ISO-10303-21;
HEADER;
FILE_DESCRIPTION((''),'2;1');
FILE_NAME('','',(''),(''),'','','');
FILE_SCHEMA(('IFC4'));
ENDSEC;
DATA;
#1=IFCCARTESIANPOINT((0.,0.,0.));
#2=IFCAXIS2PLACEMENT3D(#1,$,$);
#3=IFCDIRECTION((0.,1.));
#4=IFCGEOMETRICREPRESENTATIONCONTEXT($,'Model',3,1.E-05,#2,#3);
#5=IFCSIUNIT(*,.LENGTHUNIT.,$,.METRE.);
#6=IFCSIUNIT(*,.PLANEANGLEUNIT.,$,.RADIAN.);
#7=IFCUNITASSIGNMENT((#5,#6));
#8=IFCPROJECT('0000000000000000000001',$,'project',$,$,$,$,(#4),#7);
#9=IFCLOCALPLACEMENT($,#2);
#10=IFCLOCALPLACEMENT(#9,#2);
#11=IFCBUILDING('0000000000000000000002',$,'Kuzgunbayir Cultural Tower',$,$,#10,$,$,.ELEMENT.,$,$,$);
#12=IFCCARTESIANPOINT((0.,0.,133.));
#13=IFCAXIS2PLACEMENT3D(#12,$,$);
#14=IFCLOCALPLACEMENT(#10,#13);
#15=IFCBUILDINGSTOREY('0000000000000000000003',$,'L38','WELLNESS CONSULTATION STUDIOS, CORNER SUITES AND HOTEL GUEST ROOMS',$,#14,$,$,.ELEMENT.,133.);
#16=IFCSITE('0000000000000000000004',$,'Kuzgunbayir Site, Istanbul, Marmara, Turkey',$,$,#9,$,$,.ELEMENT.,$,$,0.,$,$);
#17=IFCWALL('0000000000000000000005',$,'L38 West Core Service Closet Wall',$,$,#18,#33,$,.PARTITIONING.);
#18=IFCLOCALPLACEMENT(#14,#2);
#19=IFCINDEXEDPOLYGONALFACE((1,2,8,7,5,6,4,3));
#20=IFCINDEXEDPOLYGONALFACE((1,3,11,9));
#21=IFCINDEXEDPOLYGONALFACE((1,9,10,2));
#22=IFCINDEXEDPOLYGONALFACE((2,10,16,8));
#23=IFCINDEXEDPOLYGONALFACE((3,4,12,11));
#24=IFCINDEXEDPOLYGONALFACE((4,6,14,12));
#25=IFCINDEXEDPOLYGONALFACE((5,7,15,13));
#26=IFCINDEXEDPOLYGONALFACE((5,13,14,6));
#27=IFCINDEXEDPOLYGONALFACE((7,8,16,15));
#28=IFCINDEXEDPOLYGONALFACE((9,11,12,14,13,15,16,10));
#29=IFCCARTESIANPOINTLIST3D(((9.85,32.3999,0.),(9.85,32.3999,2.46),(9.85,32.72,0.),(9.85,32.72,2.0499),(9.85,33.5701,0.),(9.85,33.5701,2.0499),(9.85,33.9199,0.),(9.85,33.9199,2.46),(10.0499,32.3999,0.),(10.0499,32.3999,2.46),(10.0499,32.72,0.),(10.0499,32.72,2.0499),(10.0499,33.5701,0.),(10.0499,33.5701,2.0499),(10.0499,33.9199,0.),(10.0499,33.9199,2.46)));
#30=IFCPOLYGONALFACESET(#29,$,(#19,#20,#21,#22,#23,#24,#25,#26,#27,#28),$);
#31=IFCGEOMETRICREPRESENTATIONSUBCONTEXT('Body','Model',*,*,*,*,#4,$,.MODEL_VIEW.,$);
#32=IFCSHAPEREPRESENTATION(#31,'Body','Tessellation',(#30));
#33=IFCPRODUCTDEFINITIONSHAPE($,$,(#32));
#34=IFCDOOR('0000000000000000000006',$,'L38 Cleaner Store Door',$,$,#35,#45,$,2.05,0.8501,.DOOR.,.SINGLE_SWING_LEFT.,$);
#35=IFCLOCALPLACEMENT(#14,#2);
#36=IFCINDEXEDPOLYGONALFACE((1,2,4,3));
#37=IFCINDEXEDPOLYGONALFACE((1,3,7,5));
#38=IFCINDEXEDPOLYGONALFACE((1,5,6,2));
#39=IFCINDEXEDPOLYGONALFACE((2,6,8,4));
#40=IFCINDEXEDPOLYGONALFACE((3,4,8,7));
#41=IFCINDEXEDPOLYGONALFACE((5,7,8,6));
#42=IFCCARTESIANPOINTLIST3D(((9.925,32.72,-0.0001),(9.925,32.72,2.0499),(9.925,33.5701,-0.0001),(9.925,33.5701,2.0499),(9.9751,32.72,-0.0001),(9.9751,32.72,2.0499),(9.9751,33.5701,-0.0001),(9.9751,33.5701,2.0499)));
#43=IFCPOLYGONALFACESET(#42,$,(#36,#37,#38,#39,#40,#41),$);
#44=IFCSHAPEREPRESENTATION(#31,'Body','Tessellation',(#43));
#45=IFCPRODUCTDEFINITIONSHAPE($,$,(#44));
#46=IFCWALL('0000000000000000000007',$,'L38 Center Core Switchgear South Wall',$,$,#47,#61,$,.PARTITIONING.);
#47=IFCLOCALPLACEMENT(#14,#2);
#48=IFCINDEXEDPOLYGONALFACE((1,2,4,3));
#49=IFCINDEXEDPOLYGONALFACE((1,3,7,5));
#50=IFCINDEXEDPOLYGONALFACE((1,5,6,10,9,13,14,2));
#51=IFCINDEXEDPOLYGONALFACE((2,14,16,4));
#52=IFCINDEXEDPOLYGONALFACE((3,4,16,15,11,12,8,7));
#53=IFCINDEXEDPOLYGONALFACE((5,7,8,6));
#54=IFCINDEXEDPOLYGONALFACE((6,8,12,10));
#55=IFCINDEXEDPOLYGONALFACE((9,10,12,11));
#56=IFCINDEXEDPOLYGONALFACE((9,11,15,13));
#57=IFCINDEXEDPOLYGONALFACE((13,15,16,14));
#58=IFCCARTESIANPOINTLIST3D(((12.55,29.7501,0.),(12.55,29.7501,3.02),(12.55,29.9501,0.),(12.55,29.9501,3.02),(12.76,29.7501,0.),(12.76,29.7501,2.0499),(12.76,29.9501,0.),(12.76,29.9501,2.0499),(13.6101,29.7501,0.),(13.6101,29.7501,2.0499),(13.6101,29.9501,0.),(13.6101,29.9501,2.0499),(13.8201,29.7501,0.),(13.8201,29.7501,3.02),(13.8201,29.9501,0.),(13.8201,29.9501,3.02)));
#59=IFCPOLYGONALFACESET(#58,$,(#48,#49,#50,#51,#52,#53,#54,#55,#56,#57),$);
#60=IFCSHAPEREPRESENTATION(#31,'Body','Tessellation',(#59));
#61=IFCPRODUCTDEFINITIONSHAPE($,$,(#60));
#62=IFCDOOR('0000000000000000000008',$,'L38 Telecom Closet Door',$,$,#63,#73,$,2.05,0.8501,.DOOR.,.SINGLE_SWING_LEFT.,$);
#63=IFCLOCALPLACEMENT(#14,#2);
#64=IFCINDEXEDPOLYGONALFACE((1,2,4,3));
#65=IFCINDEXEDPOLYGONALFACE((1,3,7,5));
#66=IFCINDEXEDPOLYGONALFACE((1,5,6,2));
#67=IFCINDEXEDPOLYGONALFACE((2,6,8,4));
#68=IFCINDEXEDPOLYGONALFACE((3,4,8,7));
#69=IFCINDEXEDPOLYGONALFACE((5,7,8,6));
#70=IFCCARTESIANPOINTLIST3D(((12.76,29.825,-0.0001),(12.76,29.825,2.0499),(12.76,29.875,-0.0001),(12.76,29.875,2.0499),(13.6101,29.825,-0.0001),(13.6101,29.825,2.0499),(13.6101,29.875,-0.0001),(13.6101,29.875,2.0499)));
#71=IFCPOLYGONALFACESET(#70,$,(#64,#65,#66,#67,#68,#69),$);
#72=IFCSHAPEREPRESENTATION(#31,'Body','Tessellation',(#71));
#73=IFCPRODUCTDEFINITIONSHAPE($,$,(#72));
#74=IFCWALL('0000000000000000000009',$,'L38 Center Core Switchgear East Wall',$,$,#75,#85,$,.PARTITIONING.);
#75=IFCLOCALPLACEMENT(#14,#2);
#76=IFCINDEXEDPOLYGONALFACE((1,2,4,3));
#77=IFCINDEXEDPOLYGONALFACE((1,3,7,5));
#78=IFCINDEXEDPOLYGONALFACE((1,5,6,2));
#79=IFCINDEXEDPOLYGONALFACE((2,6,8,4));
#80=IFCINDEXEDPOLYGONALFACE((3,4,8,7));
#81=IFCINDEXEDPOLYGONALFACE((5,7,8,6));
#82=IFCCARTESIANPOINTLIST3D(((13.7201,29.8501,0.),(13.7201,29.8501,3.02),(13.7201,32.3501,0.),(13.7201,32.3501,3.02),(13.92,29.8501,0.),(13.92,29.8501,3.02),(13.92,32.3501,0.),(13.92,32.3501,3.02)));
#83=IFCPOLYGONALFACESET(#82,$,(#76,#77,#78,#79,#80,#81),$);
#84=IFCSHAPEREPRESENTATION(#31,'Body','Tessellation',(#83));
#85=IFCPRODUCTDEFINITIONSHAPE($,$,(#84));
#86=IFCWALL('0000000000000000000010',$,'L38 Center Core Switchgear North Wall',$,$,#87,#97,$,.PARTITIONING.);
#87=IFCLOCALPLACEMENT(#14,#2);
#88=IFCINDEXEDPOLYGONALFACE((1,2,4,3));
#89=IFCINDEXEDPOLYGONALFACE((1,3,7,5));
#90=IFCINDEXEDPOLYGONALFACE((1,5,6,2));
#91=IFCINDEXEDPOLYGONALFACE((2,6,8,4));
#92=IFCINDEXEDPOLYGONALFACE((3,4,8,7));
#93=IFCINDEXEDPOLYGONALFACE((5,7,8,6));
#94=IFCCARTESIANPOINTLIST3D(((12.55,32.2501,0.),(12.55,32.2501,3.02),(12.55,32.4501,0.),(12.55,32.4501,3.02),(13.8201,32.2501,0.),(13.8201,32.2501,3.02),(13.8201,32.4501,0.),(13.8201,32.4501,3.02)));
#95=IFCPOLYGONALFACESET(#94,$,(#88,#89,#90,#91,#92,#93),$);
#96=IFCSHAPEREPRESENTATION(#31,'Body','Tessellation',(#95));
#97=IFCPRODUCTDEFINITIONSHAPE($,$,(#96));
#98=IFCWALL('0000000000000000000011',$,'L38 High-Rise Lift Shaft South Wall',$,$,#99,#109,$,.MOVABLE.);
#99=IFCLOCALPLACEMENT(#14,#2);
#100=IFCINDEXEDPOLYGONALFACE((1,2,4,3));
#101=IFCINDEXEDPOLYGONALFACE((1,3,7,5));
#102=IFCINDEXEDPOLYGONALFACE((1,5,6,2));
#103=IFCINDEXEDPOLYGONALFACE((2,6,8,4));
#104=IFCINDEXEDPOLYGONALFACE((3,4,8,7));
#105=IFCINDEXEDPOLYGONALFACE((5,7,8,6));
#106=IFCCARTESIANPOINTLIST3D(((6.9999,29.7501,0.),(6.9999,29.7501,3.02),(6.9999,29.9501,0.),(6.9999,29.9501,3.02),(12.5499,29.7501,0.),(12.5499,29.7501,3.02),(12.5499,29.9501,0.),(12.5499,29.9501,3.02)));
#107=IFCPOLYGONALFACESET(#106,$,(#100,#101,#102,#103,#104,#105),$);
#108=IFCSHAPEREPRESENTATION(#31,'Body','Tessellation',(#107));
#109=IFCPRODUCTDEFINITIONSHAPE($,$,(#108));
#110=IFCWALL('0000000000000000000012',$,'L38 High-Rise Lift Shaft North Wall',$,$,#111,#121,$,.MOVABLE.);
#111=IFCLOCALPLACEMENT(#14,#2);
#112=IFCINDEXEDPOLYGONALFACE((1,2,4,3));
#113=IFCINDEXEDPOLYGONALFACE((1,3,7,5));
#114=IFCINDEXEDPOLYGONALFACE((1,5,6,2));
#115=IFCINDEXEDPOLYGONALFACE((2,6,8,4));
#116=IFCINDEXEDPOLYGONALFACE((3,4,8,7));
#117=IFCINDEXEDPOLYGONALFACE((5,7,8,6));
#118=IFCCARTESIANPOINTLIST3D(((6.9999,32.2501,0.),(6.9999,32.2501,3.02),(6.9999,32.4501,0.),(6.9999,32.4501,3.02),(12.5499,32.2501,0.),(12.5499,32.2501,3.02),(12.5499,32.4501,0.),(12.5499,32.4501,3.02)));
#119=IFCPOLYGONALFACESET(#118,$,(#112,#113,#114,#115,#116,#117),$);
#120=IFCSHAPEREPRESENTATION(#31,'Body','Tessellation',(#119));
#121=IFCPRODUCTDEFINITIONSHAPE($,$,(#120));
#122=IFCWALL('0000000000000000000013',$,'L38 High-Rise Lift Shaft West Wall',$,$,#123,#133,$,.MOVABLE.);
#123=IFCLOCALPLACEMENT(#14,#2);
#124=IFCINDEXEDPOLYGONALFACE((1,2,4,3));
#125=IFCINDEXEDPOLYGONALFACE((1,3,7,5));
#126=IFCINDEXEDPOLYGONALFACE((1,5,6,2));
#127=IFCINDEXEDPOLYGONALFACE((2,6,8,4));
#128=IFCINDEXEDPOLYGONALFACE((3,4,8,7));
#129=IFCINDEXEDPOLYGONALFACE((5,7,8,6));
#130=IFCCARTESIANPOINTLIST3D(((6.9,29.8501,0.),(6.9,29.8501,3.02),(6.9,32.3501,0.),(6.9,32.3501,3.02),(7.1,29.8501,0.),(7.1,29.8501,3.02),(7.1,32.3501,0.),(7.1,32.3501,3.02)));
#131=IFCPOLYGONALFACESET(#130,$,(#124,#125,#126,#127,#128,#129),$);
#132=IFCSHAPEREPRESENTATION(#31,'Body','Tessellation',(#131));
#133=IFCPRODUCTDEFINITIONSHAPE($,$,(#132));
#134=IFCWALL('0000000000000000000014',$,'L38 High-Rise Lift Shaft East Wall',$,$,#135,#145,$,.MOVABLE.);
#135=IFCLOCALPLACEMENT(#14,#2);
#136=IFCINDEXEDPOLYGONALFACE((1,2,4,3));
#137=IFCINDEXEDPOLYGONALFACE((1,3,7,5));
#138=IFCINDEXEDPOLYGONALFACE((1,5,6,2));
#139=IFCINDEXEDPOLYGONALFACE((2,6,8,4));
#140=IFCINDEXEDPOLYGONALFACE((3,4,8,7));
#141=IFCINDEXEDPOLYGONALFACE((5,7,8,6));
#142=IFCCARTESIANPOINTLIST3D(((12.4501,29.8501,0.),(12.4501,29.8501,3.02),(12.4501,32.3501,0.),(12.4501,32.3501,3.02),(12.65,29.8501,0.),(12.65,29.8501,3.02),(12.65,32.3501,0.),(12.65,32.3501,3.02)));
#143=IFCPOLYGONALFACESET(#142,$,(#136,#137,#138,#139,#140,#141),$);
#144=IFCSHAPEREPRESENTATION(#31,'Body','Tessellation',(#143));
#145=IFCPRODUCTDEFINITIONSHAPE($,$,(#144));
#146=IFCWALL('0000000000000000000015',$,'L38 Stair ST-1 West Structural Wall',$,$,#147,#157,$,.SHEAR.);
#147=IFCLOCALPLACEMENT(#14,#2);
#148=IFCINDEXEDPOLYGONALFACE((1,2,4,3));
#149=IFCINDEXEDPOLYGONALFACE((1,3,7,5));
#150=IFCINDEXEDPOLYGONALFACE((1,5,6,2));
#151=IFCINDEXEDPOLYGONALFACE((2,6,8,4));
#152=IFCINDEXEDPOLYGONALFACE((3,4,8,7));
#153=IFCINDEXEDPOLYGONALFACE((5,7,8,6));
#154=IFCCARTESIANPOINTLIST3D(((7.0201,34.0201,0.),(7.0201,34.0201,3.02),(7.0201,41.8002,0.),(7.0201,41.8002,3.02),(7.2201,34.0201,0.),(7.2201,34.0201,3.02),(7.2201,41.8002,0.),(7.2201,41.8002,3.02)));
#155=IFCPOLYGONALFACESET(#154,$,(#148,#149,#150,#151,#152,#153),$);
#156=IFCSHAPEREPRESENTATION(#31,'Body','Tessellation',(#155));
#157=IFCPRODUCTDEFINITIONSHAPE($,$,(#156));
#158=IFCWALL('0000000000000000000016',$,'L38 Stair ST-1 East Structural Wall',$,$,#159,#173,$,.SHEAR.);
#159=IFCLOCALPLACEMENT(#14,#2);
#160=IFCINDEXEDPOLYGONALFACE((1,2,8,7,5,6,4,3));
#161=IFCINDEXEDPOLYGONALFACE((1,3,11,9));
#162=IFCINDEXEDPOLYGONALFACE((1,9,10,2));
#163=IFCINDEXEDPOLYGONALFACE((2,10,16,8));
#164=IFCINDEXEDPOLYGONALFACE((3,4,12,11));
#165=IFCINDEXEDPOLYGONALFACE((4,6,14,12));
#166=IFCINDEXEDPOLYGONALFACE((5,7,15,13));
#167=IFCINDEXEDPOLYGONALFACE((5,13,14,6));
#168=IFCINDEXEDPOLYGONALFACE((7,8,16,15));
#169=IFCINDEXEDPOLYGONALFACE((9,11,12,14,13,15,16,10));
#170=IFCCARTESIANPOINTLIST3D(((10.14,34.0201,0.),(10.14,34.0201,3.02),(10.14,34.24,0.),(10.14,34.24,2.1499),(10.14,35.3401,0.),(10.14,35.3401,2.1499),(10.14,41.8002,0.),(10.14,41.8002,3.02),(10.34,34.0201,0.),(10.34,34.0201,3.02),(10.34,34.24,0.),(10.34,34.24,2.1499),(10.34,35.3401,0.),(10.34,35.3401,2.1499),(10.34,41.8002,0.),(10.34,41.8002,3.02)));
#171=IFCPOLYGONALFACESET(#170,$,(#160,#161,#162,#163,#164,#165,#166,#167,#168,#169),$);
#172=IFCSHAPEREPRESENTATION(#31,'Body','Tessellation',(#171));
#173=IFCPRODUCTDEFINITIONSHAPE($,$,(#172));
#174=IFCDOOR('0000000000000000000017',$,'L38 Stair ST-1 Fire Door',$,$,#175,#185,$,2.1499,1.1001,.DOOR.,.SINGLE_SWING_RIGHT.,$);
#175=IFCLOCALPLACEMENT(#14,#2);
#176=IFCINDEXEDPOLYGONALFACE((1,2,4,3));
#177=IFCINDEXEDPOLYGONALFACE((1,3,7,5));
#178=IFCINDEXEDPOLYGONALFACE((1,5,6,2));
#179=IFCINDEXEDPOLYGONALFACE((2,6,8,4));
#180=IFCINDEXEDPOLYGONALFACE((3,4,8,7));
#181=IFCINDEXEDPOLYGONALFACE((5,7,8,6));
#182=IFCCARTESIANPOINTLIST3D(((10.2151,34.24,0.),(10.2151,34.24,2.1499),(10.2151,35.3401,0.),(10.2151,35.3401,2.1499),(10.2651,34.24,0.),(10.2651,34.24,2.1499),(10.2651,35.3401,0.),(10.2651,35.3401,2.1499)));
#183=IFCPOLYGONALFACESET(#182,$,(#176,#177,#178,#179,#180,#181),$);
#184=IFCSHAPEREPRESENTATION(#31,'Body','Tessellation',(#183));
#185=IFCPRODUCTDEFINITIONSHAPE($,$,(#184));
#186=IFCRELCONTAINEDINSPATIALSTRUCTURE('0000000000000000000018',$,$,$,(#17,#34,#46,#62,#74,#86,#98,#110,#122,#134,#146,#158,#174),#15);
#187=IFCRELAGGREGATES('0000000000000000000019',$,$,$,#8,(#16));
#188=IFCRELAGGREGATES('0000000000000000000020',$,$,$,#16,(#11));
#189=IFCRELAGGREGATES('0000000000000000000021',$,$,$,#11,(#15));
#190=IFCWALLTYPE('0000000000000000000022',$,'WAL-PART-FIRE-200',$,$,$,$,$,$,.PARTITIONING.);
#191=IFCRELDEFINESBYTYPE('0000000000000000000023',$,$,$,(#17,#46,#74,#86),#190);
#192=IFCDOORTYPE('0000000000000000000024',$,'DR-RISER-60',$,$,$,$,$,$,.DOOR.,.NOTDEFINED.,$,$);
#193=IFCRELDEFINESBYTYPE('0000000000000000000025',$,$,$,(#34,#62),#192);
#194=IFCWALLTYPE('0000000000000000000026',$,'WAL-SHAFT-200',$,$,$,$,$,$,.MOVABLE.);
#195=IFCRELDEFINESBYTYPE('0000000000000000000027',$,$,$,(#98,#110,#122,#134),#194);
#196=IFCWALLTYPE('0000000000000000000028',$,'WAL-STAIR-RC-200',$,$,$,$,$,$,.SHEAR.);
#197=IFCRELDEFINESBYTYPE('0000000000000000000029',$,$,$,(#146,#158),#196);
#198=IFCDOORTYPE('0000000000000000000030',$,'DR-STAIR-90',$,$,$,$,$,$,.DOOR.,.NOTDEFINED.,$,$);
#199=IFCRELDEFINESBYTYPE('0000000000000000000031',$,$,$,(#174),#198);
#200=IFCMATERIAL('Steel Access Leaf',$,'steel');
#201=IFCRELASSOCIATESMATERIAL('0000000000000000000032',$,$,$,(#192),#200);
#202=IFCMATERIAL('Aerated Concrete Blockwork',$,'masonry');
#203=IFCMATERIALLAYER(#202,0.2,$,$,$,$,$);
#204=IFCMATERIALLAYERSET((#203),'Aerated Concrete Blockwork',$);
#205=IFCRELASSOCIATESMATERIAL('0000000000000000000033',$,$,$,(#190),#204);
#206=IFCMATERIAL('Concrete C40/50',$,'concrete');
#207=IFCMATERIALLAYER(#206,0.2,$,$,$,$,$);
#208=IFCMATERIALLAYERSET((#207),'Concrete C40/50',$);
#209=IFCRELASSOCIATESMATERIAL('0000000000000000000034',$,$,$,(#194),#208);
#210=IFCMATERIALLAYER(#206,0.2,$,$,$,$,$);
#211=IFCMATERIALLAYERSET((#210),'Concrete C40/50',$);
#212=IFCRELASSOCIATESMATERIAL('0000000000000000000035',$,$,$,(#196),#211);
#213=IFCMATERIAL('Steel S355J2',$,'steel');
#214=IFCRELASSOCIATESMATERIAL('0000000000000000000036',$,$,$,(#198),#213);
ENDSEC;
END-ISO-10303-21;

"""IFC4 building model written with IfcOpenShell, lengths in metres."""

from ifc_helpers import new_model, si_unit, direction, frame, frame_2d, origin, place, context, subcontext, project, spatial, rectangle, extrude, material, layer, layer_set, type_object, element, fill, save


model = new_model("IFC4")

# Units and contexts
model_context = context("Model", 3, precision=1e-05, world=origin(), true_north=direction((0.0, 1.0)))
body_context = subcontext(model_context, "Body", "Model", "MODEL_VIEW")
ifc_project = project(units=[si_unit("LENGTHUNIT", "METRE"), si_unit("PLANEANGLEUNIT", "RADIAN")], contexts=[model_context])

# Site, building, storey
site_placement = place(None, origin())
site = spatial("IfcSite", under=ifc_project, at=site_placement, Name="Kuzgunbayir Site, Istanbul, Marmara, Turkey", CompositionType="ELEMENT", RefElevation=0.0)
building_placement = place(site_placement, origin())
building = spatial("IfcBuilding", under=site, at=building_placement, Name="Kuzgunbayir Cultural Tower", CompositionType="ELEMENT")
storey_placement = place(building_placement, frame((0.0, 0.0, 133.0)))
storey = spatial("IfcBuildingStorey", under=building, at=storey_placement, Name="L38", Description="WELLNESS CONSULTATION STUDIOS, CORNER SUITES AND HOTEL GUEST ROOMS", CompositionType="ELEMENT", Elevation=133.0)

# Shared definitions
ifc_material_1 = material(Name="Steel S355J2", Category="steel")

# Shared definitions
ifc_material_2 = material(Name="Steel Access Leaf", Category="steel")
door_type_1 = type_object("IfcDoorType", Name="DR-RISER-60", OperationType="NOTDEFINED", PredefinedType="DOOR", material=ifc_material_2)

# Shared definitions
ifc_material_3 = material(Name="Aerated Concrete Blockwork", Category="masonry")
ifc_layer_1 = layer(ifc_material_3, 0.2)
ifc_layer_set_1 = layer_set([ifc_layer_1], Name="Aerated Concrete Blockwork")
wall_type_1 = type_object("IfcWallType", Name="WAL-PART-FIRE-200", PredefinedType="PARTITIONING", material=ifc_layer_set_1)

# Walls, openings, doors
wall_1_placement = place(storey_placement, frame((9.95, 32.3999, 0.0), z_axis=(0.0, 0.0, 1.0), x_axis=(0.0, 1.0, 0.0)))
wall_1 = element("IfcWall", 1, at=wall_1_placement, inside=storey, type_object=wall_type_1, Name="L38 West Core Service Closet Wall", PredefinedType="PARTITIONING", context=body_context, shape_type="SweptSolid", body=[
    extrude(rectangle(XDim=1.52, YDim=0.2, at=frame_2d((0.76, 0.0))), origin(), (0.0, 0.0, 1.0), 2.46),
])
opening_1_placement = place(wall_1_placement, frame((0.3201, 0.0, 0.0)))
opening_1 = element("IfcOpeningElement", 2, at=opening_1_placement, cuts=wall_1, PredefinedType="OPENING", context=body_context, shape_type="SweptSolid", body=[
    extrude(rectangle(XDim=0.8501, YDim=2.05, at=frame_2d((0.425, 1.0249))), frame((0.0, 0.1099, 0.0), z_axis=(0.0, -1.0, 0.0), x_axis=(1.0, 0.0, 0.0)), (0.0, 0.0, 1.0), 0.22),
])
door_1_placement = place(opening_1_placement, origin())
door_1 = element("IfcDoor", 3, at=door_1_placement, inside=storey, type_object=door_type_1, Name="L38 Cleaner Store Door", OperationType="SINGLE_SWING_LEFT", OverallHeight=2.05, OverallWidth=0.8501, PredefinedType="DOOR", context=body_context, shape_type="SweptSolid", body=[
    extrude(rectangle(XDim=0.8501, YDim=2.05, at=frame_2d((0.425, 1.0249))), frame((0.0, 0.0249, 0.0), z_axis=(0.0, -1.0, 0.0), x_axis=(1.0, 0.0, 0.0)), (0.0, 0.0, 1.0), 0.05),
])
fill(opening_1, door_1)
wall_2_placement = place(storey_placement, frame((12.55, 29.8501, 0.0), z_axis=(0.0, 0.0, 1.0), x_axis=(1.0, 0.0, 0.0)))
wall_2 = element("IfcWall", 4, at=wall_2_placement, inside=storey, type_object=wall_type_1, Name="L38 Center Core Switchgear South Wall", PredefinedType="PARTITIONING", context=body_context, shape_type="SweptSolid", body=[
    extrude(rectangle(XDim=1.27, YDim=0.2, at=frame_2d((0.635, 0.0))), origin(), (0.0, 0.0, 1.0), 3.02),
])
opening_2_placement = place(wall_2_placement, frame((0.21, 0.0, 0.0)))
opening_2 = element("IfcOpeningElement", 5, at=opening_2_placement, cuts=wall_2, PredefinedType="OPENING", context=body_context, shape_type="SweptSolid", body=[
    extrude(rectangle(XDim=0.8501, YDim=2.05, at=frame_2d((0.425, 1.0249))), frame((0.0, 0.1099, 0.0), z_axis=(0.0, -1.0, 0.0), x_axis=(1.0, 0.0, 0.0)), (0.0, 0.0, 1.0), 0.22),
])
door_2_placement = place(opening_2_placement, origin())
door_2 = element("IfcDoor", 6, at=door_2_placement, inside=storey, type_object=door_type_1, Name="L38 Telecom Closet Door", OperationType="SINGLE_SWING_LEFT", OverallHeight=2.05, OverallWidth=0.8501, PredefinedType="DOOR", context=body_context, shape_type="SweptSolid", body=[
    extrude(rectangle(XDim=0.8501, YDim=2.05, at=frame_2d((0.425, 1.0249))), frame((0.0, 0.0249, 0.0), z_axis=(0.0, -1.0, 0.0), x_axis=(1.0, 0.0, 0.0)), (0.0, 0.0, 1.0), 0.05),
])
fill(opening_2, door_2)

# Walls
wall_3_placement = place(storey_placement, frame((13.8201, 29.8501, 0.0), z_axis=(0.0, 0.0, 1.0), x_axis=(0.0, 1.0, 0.0)))
element("IfcWall", 7, at=wall_3_placement, inside=storey, type_object=wall_type_1, Name="L38 Center Core Switchgear East Wall", PredefinedType="PARTITIONING", context=body_context, shape_type="SweptSolid", body=[
    extrude(rectangle(XDim=2.5, YDim=0.2, at=frame_2d((1.25, 0.0))), origin(), (0.0, 0.0, 1.0), 3.02),
])
wall_4_placement = place(storey_placement, frame((12.55, 32.3501, 0.0), z_axis=(0.0, 0.0, 1.0), x_axis=(1.0, 0.0, 0.0)))
element("IfcWall", 8, at=wall_4_placement, inside=storey, type_object=wall_type_1, Name="L38 Center Core Switchgear North Wall", PredefinedType="PARTITIONING", context=body_context, shape_type="SweptSolid", body=[
    extrude(rectangle(XDim=1.27, YDim=0.2, at=frame_2d((0.635, 0.0))), origin(), (0.0, 0.0, 1.0), 3.02),
])
ifc_material_4 = material(Name="Concrete C40/50", Category="concrete")
ifc_layer_2 = layer(ifc_material_4, 0.2)
ifc_layer_set_2 = layer_set([ifc_layer_2], Name="Concrete C40/50")
wall_type_2 = type_object("IfcWallType", Name="WAL-SHAFT-200", PredefinedType="MOVABLE", material=ifc_layer_set_2)
for number, where, z_axis, x_axis, name in (
    (9, (7.0, 29.8501, 0.0), (0.0, 0.0, 1.0), (1.0, 0.0, 0.0), "L38 High-Rise Lift Shaft South Wall"),
    (10, (7.0, 32.3501, 0.0), (0.0, 0.0, 1.0), (1.0, 0.0, 0.0), "L38 High-Rise Lift Shaft North Wall"),
):
    element("IfcWall", number, at=place(storey_placement, frame(where, z_axis=z_axis, x_axis=x_axis)), inside=storey, type_object=wall_type_2, Name=name, PredefinedType="MOVABLE", context=body_context, shape_type="SweptSolid", body=[
        extrude(rectangle(XDim=5.55, YDim=0.2, at=frame_2d((2.7749, 0.0))), origin(), (0.0, 0.0, 1.0), 3.02),
    ])
for number, where, z_axis, x_axis, name in (
    (11, (7.0, 29.8501, 0.0), (0.0, 0.0, 1.0), (0.0, 1.0, 0.0), "L38 High-Rise Lift Shaft West Wall"),
    (12, (12.55, 29.8501, 0.0), (0.0, 0.0, 1.0), (0.0, 1.0, 0.0), "L38 High-Rise Lift Shaft East Wall"),
):
    element("IfcWall", number, at=place(storey_placement, frame(where, z_axis=z_axis, x_axis=x_axis)), inside=storey, type_object=wall_type_2, Name=name, PredefinedType="MOVABLE", context=body_context, shape_type="SweptSolid", body=[
        extrude(rectangle(XDim=2.5, YDim=0.2, at=frame_2d((1.25, 0.0))), origin(), (0.0, 0.0, 1.0), 3.02),
    ])
ifc_layer_3 = layer(ifc_material_4, 0.2)
ifc_layer_set_3 = layer_set([ifc_layer_3], Name="Concrete C40/50")
wall_type_3 = type_object("IfcWallType", Name="WAL-STAIR-RC-200", PredefinedType="SHEAR", material=ifc_layer_set_3)
wall_5_placement = place(storey_placement, frame((7.1201, 34.02, 0.0), z_axis=(0.0, 0.0, 1.0), x_axis=(0.0, 1.0, 0.0)))
element("IfcWall", 13, at=wall_5_placement, inside=storey, type_object=wall_type_3, Name="L38 Stair ST-1 West Structural Wall", PredefinedType="SHEAR", context=body_context, shape_type="SweptSolid", body=[
    extrude(rectangle(XDim=7.78, YDim=0.2, at=frame_2d((3.8901, 0.0))), origin(), (0.0, 0.0, 1.0), 3.02),
])

# Wall, opening, door
wall_6_placement = place(storey_placement, frame((10.24, 34.02, 0.0), z_axis=(0.0, 0.0, 1.0), x_axis=(0.0, 1.0, 0.0)))
wall_6 = element("IfcWall", 14, at=wall_6_placement, inside=storey, type_object=wall_type_3, Name="L38 Stair ST-1 East Structural Wall", PredefinedType="SHEAR", context=body_context, shape_type="SweptSolid", body=[
    extrude(rectangle(XDim=7.78, YDim=0.2, at=frame_2d((3.8901, 0.0))), origin(), (0.0, 0.0, 1.0), 3.02),
])
opening_3_placement = place(wall_6_placement, frame((0.22, 0.0, 0.0)))
opening_3 = element("IfcOpeningElement", 15, at=opening_3_placement, cuts=wall_6, PredefinedType="OPENING", context=body_context, shape_type="SweptSolid", body=[
    extrude(rectangle(XDim=1.1001, YDim=2.1499, at=frame_2d((0.55, 1.075))), frame((0.0, 0.1099, 0.0), z_axis=(0.0, -1.0, 0.0), x_axis=(1.0, 0.0, 0.0)), (0.0, 0.0, 1.0), 0.22),
])
door_type_2 = type_object("IfcDoorType", Name="DR-STAIR-90", OperationType="NOTDEFINED", PredefinedType="DOOR", material=ifc_material_1)
door_3_placement = place(opening_3_placement, origin())
door_3 = element("IfcDoor", 16, at=door_3_placement, inside=storey, type_object=door_type_2, Name="L38 Stair ST-1 Fire Door", OperationType="SINGLE_SWING_RIGHT", OverallHeight=2.1499, OverallWidth=1.1001, PredefinedType="DOOR", context=body_context, shape_type="SweptSolid", body=[
    extrude(rectangle(XDim=1.1001, YDim=2.1499, at=frame_2d((0.55, 1.075))), frame((0.0, 0.0249, 0.0), z_axis=(0.0, -1.0, 0.0), x_axis=(1.0, 0.0, 0.0)), (0.0, 0.0, 1.0), 0.05),
])
fill(opening_3, door_3)

save(model, "model.ifc")
